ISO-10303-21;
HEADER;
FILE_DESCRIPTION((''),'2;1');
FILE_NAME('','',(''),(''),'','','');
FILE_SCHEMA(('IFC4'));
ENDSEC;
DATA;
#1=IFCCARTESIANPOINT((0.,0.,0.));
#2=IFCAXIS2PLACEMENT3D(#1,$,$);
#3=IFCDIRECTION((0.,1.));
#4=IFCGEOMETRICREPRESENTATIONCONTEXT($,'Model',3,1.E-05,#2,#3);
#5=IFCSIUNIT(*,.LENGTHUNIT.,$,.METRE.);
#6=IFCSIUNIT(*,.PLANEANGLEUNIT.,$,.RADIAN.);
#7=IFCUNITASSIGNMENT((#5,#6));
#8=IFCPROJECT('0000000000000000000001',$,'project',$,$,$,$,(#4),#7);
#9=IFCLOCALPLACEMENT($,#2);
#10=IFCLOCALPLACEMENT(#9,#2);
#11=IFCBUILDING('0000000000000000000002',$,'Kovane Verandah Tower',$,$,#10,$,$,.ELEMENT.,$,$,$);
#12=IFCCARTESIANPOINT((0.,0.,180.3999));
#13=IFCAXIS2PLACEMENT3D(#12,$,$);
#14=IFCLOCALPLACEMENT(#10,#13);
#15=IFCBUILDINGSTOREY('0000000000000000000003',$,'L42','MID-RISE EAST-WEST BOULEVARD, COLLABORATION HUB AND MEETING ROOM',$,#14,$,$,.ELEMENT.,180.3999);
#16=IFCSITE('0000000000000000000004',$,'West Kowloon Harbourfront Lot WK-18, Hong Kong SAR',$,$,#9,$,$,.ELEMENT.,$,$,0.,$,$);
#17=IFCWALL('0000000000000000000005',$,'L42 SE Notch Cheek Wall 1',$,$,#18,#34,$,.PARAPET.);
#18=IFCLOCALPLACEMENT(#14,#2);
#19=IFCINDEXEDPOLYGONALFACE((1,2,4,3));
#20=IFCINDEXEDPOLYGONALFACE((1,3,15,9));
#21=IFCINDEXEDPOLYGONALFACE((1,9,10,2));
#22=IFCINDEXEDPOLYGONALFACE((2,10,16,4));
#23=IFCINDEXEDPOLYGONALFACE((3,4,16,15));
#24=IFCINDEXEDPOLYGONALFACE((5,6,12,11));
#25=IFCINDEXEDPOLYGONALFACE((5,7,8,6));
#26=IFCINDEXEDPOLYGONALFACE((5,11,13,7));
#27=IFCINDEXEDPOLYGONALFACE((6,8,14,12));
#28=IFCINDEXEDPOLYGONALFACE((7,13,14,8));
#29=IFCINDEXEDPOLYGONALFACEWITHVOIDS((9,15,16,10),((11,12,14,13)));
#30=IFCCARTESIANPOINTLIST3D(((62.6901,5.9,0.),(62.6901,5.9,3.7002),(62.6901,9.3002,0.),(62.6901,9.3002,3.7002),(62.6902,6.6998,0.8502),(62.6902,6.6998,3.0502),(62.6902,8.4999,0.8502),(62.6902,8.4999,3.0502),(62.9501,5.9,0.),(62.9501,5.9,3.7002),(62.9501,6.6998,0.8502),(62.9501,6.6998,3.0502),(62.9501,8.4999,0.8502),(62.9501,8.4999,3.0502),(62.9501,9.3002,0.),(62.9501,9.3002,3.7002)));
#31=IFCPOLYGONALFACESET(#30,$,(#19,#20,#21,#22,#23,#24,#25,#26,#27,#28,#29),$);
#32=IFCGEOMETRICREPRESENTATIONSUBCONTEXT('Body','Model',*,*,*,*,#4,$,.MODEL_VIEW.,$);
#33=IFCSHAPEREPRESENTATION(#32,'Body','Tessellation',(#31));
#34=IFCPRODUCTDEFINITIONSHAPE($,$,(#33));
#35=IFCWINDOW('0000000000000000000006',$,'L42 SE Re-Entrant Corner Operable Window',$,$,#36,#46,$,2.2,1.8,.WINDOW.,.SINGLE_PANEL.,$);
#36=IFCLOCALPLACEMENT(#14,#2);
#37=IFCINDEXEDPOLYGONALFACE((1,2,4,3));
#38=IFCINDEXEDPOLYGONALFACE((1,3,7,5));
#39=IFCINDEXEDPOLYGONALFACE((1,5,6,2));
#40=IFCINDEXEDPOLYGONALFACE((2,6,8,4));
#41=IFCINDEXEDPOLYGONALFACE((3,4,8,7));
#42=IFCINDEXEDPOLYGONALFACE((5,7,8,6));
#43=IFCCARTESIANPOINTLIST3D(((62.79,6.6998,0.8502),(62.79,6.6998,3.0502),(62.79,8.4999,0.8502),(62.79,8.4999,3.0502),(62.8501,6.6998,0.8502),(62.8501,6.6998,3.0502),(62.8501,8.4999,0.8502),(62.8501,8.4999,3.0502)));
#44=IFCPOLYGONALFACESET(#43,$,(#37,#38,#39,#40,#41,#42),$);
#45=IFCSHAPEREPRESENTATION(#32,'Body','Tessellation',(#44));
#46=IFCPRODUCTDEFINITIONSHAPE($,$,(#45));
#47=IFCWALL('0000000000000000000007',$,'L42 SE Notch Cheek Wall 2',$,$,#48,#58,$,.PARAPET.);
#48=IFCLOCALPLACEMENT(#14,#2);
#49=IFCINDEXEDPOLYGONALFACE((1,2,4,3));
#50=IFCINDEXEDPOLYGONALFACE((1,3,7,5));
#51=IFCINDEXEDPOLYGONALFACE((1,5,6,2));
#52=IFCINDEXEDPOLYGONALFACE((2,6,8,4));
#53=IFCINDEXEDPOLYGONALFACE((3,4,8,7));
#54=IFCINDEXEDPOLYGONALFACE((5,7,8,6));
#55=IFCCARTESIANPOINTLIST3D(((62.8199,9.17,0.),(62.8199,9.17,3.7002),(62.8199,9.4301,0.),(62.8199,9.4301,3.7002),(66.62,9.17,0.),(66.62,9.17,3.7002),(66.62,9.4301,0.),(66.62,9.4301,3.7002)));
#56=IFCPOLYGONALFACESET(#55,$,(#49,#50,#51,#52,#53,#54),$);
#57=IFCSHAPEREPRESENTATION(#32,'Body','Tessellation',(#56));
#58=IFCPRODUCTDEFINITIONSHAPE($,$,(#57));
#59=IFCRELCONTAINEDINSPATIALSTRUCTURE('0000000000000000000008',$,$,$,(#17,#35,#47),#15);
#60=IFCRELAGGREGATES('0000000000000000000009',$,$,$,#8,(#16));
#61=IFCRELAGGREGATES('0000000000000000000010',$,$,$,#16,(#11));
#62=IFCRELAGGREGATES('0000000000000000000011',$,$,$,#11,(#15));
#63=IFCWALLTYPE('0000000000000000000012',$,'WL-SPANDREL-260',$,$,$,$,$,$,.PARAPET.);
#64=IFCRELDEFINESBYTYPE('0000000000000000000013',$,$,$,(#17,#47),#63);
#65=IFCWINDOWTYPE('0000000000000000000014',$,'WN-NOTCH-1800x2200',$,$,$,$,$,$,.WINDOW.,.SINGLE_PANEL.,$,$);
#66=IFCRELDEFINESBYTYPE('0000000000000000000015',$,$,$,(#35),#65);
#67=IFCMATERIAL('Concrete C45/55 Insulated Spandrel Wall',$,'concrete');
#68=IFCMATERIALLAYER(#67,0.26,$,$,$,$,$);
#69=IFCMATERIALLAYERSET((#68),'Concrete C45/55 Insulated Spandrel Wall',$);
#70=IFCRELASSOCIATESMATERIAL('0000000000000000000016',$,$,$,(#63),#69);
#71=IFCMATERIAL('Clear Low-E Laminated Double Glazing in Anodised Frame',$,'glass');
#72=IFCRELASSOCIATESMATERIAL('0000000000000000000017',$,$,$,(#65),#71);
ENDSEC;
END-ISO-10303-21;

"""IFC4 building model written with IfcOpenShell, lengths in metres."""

from ifc_helpers import new_model, si_unit, direction, frame, frame_2d, origin, place, context, subcontext, project, spatial, rectangle, extrude, material, layer, layer_set, type_object, element, fill, save


model = new_model("IFC4")

# Units and contexts
model_context = context("Model", 3, precision=1e-05, world=origin(), true_north=direction((0.0, 1.0)))
body_context = subcontext(model_context, "Body", "Model", "MODEL_VIEW")
ifc_project = project(units=[si_unit("LENGTHUNIT", "METRE"), si_unit("PLANEANGLEUNIT", "RADIAN")], contexts=[model_context])

# Site, building, storey
site_placement = place(None, origin())
site = spatial("IfcSite", under=ifc_project, at=site_placement, Name="West Kowloon Harbourfront Lot WK-18, Hong Kong SAR", CompositionType="ELEMENT", RefElevation=0.0)
building_placement = place(site_placement, origin())
building = spatial("IfcBuilding", under=site, at=building_placement, Name="Kovane Verandah Tower", CompositionType="ELEMENT")
storey_placement = place(building_placement, frame((0.0, 0.0, 180.3999)))
storey = spatial("IfcBuildingStorey", under=building, at=storey_placement, Name="L42", Description="MID-RISE EAST-WEST BOULEVARD, COLLABORATION HUB AND MEETING ROOM", CompositionType="ELEMENT", Elevation=180.3999)

# Shared definitions
ifc_material_1 = material(Name="Concrete C45/55 Insulated Spandrel Wall", Category="concrete")
ifc_layer_1 = layer(ifc_material_1, 0.26)
ifc_layer_set_1 = layer_set([ifc_layer_1], Name="Concrete C45/55 Insulated Spandrel Wall")
wall_type_1 = type_object("IfcWallType", Name="WL-SPANDREL-260", PredefinedType="PARAPET", material=ifc_layer_set_1)
ifc_material_2 = material(Name="Clear Low-E Laminated Double Glazing in Anodised Frame", Category="glass")

# Wall, opening, window
wall_1_placement = place(storey_placement, frame((62.8201, 5.8999, 0.0), z_axis=(0.0, 0.0, 1.0), x_axis=(0.0, 1.0, 0.0)))
wall_1 = element("IfcWall", 1, at=wall_1_placement, inside=storey, type_object=wall_type_1, Name="L42 SE Notch Cheek Wall 1", PredefinedType="PARAPET", context=body_context, shape_type="SweptSolid", body=[
    extrude(rectangle(XDim=3.4001, YDim=0.26, at=frame_2d((1.7002, 0.0))), origin(), (0.0, 0.0, 1.0), 3.7002),
])
opening_1_placement = place(wall_1_placement, frame((0.8, 0.0, 0.8501)))
opening_1 = element("IfcOpeningElement", 2, at=opening_1_placement, cuts=wall_1, PredefinedType="OPENING", context=body_context, shape_type="SweptSolid", body=[
    extrude(rectangle(XDim=1.8, YDim=2.2, at=frame_2d((0.8999, 1.1001))), frame((0.0, 0.1299, 0.0), z_axis=(0.0, -1.0, 0.0), x_axis=(1.0, 0.0, 0.0)), (0.0, 0.0, 1.0), 0.26),
])
window_type_1 = type_object("IfcWindowType", Name="WN-NOTCH-1800x2200", PartitioningType="SINGLE_PANEL", PredefinedType="WINDOW", material=ifc_material_2)
window_1_placement = place(opening_1_placement, origin())
window_1 = element("IfcWindow", 3, at=window_1_placement, inside=storey, type_object=window_type_1, Name="L42 SE Re-Entrant Corner Operable Window", OverallHeight=2.2, OverallWidth=1.8, PartitioningType="SINGLE_PANEL", PredefinedType="WINDOW", context=body_context, shape_type="SweptSolid", body=[
    extrude(rectangle(XDim=1.8, YDim=2.2, at=frame_2d((0.8999, 1.1001))), frame((0.0, 0.03, 0.0), z_axis=(0.0, -1.0, 0.0), x_axis=(1.0, 0.0, 0.0)), (0.0, 0.0, 1.0), 0.0601),
])
fill(opening_1, window_1)

# Wall
wall_2_placement = place(storey_placement, frame((62.8201, 9.3, 0.0), z_axis=(0.0, 0.0, 1.0), x_axis=(1.0, 0.0, 0.0)))
element("IfcWall", 4, at=wall_2_placement, inside=storey, type_object=wall_type_1, Name="L42 SE Notch Cheek Wall 2", PredefinedType="PARAPET", context=body_context, shape_type="SweptSolid", body=[
    extrude(rectangle(XDim=3.8, YDim=0.26, at=frame_2d((1.8999, 0.0))), origin(), (0.0, 0.0, 1.0), 3.7002),
])

save(model, "model.ifc")
